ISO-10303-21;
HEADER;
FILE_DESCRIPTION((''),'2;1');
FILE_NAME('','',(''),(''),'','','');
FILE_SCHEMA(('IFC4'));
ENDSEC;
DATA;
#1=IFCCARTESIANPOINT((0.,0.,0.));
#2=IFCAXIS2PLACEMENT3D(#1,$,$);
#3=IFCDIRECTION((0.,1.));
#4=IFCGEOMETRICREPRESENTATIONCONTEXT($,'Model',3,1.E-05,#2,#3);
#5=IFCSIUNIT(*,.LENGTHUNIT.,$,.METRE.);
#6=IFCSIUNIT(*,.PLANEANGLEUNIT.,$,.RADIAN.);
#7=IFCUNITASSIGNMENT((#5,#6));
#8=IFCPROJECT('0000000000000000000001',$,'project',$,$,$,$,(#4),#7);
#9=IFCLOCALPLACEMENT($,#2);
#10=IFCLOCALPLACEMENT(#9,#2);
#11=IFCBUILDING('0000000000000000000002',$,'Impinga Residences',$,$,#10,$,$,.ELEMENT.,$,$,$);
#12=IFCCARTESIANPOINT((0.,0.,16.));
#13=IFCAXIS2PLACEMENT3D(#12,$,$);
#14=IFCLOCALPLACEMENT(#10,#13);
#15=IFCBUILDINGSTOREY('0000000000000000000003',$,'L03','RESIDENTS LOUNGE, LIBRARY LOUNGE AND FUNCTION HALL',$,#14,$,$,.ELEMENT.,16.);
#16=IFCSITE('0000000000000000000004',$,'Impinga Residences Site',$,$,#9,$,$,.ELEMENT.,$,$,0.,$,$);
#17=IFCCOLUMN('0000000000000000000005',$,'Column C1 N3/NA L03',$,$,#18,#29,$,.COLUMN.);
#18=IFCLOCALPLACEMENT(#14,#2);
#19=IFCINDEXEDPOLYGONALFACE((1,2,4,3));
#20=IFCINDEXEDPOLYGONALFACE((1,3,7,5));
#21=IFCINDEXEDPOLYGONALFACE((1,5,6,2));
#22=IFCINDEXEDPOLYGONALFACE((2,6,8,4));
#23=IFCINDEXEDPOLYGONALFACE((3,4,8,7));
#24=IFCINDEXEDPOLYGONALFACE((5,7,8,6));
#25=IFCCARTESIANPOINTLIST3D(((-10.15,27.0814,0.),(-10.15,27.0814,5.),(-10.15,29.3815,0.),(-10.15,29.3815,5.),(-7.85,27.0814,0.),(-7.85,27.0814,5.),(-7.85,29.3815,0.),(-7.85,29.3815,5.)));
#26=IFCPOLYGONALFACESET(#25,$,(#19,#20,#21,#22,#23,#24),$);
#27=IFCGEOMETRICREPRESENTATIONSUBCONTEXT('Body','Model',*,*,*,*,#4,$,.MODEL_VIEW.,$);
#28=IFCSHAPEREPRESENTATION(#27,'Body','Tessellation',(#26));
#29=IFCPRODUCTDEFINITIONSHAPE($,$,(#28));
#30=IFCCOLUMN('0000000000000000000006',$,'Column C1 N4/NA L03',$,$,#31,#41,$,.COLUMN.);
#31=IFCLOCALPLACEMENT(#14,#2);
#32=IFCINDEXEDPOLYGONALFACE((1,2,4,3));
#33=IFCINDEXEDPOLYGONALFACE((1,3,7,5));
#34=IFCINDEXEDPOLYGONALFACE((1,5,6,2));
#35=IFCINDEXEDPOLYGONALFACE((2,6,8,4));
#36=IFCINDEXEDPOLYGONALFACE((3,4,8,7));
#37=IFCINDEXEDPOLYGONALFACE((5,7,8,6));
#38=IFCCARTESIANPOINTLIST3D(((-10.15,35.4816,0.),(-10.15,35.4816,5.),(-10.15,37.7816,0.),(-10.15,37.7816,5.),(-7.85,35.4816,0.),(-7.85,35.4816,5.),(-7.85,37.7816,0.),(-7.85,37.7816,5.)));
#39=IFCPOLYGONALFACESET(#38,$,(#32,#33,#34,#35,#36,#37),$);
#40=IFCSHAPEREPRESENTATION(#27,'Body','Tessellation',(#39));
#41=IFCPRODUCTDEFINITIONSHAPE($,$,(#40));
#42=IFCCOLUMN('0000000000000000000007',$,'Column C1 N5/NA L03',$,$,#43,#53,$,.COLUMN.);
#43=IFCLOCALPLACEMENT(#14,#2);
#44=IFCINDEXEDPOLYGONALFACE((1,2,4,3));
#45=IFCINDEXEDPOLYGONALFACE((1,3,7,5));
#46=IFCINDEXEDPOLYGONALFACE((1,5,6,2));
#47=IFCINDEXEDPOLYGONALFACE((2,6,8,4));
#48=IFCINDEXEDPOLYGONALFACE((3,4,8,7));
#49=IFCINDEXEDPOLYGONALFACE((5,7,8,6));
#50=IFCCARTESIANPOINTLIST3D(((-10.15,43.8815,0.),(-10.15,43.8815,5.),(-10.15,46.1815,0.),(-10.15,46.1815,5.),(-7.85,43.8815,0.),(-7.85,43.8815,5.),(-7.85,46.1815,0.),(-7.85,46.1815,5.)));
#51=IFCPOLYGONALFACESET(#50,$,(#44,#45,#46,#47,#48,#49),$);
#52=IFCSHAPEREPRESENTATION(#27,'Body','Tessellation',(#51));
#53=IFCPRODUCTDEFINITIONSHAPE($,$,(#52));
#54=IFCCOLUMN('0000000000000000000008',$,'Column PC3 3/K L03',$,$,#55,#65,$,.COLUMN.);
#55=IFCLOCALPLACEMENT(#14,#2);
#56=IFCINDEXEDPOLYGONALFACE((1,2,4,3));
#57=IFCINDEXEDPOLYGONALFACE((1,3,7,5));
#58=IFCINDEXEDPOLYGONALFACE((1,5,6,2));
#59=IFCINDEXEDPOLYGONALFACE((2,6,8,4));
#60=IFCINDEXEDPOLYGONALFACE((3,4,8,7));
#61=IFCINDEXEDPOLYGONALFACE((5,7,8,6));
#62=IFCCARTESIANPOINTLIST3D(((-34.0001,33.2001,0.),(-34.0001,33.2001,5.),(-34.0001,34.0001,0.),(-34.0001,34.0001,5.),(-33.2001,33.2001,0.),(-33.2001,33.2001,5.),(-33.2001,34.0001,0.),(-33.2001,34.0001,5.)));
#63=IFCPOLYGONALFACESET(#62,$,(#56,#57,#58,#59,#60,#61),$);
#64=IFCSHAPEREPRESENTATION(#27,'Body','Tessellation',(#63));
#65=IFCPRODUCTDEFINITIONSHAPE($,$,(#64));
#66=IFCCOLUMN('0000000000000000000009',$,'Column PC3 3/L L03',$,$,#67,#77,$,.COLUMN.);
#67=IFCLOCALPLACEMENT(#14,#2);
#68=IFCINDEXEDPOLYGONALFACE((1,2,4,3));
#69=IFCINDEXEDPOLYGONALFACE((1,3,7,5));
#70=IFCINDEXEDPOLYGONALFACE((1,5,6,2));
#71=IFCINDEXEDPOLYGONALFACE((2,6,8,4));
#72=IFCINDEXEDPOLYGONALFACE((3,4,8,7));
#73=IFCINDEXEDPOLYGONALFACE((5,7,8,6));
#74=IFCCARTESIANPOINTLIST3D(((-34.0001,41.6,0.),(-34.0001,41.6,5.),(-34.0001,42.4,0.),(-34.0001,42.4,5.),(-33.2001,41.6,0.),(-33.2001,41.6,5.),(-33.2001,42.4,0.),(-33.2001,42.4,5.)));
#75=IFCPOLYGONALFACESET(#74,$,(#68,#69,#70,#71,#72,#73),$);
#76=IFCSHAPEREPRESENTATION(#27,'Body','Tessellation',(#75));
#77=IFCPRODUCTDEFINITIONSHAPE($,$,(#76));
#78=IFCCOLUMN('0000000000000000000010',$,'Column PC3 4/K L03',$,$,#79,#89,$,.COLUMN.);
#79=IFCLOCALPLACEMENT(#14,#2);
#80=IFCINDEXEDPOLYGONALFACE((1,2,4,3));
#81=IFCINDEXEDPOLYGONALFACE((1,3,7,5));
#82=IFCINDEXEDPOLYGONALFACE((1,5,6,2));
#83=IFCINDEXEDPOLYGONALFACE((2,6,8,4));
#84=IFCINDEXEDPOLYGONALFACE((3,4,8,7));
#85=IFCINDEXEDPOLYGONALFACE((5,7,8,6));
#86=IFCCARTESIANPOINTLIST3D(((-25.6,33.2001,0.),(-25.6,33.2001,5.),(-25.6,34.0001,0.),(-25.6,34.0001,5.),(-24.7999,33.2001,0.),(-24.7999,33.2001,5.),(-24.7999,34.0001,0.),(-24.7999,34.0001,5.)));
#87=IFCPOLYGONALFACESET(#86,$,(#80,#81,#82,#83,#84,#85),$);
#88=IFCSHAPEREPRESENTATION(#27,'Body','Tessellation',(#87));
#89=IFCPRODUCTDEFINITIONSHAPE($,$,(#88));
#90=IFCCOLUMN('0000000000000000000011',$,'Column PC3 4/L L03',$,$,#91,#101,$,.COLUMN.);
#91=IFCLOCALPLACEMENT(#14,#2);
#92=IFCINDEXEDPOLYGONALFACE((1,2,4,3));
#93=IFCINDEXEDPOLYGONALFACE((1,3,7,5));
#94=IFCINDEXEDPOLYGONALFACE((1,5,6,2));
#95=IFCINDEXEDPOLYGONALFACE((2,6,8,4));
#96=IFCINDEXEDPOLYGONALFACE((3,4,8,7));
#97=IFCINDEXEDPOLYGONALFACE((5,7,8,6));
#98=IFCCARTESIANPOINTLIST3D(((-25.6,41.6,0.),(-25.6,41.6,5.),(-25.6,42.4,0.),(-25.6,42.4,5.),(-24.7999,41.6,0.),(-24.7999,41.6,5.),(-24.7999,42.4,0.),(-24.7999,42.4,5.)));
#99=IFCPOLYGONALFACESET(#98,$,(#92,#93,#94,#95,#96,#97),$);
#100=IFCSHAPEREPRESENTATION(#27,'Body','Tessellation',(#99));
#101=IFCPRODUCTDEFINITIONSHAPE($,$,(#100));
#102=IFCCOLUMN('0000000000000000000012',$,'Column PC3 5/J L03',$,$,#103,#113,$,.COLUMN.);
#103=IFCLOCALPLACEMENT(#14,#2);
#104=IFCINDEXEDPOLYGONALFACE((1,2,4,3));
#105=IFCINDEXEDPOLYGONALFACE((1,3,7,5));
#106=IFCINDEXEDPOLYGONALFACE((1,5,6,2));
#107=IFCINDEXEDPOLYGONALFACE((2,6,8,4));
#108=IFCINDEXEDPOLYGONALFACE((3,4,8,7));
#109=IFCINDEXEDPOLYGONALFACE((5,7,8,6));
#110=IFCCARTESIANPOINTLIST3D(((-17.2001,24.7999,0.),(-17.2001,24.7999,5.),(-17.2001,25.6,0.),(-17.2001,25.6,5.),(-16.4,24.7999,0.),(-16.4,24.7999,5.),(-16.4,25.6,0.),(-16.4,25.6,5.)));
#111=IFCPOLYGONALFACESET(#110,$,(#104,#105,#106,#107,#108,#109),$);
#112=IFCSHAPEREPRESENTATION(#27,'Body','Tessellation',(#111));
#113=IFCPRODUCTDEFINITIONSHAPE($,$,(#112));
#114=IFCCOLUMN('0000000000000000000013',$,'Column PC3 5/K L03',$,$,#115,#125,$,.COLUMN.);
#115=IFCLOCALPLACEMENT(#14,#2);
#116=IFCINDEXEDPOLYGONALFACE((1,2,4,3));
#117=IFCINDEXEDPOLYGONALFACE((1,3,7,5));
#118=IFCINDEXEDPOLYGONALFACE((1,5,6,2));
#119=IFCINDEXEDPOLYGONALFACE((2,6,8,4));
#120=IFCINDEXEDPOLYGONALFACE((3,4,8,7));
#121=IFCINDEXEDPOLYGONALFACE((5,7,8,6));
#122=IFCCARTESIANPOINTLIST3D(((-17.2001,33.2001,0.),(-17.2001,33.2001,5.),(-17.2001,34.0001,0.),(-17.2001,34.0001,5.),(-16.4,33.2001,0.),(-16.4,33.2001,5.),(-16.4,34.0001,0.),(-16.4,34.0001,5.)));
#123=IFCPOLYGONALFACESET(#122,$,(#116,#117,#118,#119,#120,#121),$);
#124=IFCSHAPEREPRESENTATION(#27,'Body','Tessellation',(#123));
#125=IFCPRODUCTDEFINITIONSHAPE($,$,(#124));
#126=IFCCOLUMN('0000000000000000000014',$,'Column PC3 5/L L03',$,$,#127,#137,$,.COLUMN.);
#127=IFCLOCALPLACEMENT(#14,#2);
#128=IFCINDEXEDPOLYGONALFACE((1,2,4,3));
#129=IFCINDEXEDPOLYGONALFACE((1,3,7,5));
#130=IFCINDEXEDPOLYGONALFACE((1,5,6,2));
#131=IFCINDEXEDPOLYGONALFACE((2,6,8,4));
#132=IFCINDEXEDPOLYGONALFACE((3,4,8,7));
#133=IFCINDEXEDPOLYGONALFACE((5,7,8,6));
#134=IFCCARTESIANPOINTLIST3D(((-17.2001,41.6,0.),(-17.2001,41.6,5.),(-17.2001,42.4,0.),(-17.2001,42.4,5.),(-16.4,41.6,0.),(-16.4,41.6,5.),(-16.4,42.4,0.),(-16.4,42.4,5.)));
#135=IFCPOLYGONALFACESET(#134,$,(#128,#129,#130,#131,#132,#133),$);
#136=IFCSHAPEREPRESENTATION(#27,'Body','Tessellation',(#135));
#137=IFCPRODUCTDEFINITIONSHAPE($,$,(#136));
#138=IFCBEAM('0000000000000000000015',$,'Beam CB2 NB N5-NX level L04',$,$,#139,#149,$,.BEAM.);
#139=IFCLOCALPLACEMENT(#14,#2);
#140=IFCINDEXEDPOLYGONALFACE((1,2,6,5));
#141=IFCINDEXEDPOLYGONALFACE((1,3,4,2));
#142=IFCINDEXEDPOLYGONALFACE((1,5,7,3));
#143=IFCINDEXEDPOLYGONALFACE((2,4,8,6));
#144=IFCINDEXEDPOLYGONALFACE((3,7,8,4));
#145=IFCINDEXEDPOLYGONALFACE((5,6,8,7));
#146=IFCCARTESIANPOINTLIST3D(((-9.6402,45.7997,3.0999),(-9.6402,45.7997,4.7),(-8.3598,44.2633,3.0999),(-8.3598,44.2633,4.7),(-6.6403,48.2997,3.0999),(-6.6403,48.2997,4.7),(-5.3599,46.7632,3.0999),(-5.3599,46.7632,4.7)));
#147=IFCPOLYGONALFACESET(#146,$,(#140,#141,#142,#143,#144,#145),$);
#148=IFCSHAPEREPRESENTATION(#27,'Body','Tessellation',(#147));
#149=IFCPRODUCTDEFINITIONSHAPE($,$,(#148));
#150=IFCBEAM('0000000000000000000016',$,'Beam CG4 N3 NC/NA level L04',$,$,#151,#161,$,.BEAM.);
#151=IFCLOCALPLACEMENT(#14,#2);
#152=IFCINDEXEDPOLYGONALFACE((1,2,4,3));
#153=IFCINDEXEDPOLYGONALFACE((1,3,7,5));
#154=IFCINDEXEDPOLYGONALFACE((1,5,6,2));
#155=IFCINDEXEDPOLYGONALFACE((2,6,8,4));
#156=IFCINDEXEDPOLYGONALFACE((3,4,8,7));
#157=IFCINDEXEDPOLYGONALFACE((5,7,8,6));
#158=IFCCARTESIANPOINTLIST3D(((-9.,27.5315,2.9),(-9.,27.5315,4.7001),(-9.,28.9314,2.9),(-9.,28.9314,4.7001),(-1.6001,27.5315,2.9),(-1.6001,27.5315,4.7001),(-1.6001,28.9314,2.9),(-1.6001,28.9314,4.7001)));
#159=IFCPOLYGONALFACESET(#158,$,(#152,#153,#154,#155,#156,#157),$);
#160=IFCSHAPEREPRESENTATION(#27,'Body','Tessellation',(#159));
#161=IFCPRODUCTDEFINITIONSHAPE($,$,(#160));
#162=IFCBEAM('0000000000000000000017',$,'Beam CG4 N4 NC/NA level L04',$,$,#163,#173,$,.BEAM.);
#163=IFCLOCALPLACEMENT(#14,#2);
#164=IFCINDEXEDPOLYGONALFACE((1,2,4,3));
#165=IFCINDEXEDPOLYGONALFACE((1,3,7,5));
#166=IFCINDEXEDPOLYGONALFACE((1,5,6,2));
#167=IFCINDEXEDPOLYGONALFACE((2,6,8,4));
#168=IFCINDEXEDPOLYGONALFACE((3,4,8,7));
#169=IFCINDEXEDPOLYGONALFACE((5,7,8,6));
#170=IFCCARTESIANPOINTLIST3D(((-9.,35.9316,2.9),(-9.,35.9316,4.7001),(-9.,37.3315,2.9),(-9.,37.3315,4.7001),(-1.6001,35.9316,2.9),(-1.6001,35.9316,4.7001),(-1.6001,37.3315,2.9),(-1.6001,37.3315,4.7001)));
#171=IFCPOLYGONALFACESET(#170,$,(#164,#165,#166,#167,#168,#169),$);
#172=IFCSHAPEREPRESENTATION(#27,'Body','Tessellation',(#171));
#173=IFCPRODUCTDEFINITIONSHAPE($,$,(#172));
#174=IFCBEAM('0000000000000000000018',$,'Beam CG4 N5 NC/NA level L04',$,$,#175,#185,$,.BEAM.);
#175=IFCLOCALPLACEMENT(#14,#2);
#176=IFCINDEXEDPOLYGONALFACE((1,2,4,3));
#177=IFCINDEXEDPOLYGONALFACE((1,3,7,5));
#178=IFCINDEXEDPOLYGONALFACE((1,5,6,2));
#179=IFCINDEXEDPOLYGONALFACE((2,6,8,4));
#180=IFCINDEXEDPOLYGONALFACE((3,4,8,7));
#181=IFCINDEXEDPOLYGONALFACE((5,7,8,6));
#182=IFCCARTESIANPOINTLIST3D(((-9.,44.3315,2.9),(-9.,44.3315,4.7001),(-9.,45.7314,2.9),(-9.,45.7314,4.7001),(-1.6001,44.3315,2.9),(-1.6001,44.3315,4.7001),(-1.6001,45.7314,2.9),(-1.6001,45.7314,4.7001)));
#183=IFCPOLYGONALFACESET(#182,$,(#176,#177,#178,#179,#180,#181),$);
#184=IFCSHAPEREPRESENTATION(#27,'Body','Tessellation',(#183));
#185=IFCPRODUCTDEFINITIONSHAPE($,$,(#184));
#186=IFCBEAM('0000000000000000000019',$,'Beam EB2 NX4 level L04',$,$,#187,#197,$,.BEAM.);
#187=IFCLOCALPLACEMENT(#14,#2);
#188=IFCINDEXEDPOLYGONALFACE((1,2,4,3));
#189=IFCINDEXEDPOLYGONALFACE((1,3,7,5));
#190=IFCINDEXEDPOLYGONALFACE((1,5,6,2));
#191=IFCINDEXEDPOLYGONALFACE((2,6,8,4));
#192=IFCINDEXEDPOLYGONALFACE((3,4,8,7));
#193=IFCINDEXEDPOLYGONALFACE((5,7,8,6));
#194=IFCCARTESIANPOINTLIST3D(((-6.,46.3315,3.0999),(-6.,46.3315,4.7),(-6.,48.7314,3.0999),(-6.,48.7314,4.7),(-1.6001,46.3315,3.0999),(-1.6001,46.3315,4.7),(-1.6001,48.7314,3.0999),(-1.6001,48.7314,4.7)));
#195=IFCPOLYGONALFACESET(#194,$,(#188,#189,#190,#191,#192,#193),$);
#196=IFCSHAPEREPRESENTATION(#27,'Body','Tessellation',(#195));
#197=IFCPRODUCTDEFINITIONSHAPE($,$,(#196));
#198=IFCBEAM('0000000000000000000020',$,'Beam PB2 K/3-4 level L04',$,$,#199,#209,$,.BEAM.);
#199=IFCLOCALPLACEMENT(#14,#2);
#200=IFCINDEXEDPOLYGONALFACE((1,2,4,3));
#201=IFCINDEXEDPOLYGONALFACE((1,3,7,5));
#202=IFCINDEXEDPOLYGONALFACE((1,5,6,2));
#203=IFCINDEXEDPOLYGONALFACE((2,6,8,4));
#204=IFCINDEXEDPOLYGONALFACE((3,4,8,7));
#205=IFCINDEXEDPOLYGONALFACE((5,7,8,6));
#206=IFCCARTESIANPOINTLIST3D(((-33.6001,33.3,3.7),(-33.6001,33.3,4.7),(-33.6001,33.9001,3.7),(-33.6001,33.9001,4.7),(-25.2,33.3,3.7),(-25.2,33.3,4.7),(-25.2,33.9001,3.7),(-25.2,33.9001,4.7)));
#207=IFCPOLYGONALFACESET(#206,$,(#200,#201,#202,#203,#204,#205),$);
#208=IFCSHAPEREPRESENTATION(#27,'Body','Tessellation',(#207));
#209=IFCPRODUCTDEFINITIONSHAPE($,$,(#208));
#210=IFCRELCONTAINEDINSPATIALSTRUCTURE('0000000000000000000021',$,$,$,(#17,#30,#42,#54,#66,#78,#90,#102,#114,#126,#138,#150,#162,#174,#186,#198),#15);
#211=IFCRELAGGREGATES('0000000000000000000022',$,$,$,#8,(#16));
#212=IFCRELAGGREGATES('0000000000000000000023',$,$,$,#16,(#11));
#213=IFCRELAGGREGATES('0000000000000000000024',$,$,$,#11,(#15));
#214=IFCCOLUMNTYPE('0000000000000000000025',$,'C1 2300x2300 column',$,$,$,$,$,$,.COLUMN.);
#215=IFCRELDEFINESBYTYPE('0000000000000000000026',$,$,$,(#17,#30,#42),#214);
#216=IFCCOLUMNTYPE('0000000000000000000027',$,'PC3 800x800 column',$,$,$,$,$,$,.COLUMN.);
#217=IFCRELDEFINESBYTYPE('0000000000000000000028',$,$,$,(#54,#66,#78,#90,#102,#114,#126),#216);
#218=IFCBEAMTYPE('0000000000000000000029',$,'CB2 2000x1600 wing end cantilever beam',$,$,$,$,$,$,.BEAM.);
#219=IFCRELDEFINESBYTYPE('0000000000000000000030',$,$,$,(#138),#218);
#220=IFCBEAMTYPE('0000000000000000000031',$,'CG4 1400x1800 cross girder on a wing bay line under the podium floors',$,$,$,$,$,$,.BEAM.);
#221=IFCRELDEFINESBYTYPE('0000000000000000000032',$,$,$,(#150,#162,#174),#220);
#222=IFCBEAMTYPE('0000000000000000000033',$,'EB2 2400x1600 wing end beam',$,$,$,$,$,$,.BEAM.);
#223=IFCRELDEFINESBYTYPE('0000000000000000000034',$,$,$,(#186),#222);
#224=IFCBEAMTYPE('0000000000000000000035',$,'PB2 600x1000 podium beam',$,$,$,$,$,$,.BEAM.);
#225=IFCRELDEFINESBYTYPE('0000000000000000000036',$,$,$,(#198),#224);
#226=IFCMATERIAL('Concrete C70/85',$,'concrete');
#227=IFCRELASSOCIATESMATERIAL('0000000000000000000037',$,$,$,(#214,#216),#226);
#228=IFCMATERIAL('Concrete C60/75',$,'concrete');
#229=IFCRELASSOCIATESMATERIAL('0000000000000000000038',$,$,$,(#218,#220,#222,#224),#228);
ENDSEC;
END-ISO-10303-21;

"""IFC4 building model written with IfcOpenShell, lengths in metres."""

from ifc_helpers import new_model, si_unit, direction, frame, origin, origin_2d, place, context, subcontext, project, spatial, rectangle, extrude, material, material_profile, profile_set, type_object, element, save


model = new_model("IFC4")

# Units and contexts
model_context = context("Model", 3, precision=1e-05, world=origin(), true_north=direction((0.0, 1.0)))
body_context = subcontext(model_context, "Body", "Model", "MODEL_VIEW")
ifc_project = project(units=[si_unit("LENGTHUNIT", "METRE"), si_unit("PLANEANGLEUNIT", "RADIAN")], contexts=[model_context])

# Site, building, storey
site_placement = place(None, origin())
site = spatial("IfcSite", under=ifc_project, at=site_placement, Name="Impinga Residences Site", CompositionType="ELEMENT", RefElevation=0.0)
building_placement = place(site_placement, origin())
building = spatial("IfcBuilding", under=site, at=building_placement, Name="Impinga Residences", CompositionType="ELEMENT")
storey_placement = place(building_placement, frame((0.0, 0.0, 16.0)))
storey = spatial("IfcBuildingStorey", under=building, at=storey_placement, Name="L03", Description="RESIDENTS LOUNGE, LIBRARY LOUNGE AND FUNCTION HALL", CompositionType="ELEMENT", Elevation=16.0)

# Columns
ifc_material_1 = material(Name="Concrete C70/85", Category="concrete")
ifc_material_profile_1 = material_profile(ifc_material_1, rectangle(XDim=2.3, YDim=2.3, at=origin_2d()), Name="RC 2300x2300")
ifc_profile_set_1 = profile_set([ifc_material_profile_1], Name="Concrete C70/85")
column_type_1 = type_object("IfcColumnType", Name="C1 2300x2300 column", PredefinedType="COLUMN", material=ifc_profile_set_1)
for number, where, z_axis, x_axis, name in (
    (1, (-9.0, 28.2314, 0.0), (0.0, 0.0, 1.0), (1.0, 0.0, 0.0), "Column C1 N3/NA L03"),
    (2, (-9.0, 36.6316, 0.0), (0.0, 0.0, 1.0), (1.0, 0.0, 0.0), "Column C1 N4/NA L03"),
    (3, (-9.0, 45.0315, 0.0), (0.0, 0.0, 1.0), (1.0, 0.0, 0.0), "Column C1 N5/NA L03"),
):
    element("IfcColumn", number, at=place(storey_placement, frame(where, z_axis=z_axis, x_axis=x_axis)), inside=storey, type_object=column_type_1, Name=name, PredefinedType="COLUMN", context=body_context, shape_type="SweptSolid", body=[
        extrude(rectangle(XDim=2.3, YDim=2.3, at=origin_2d()), origin(), (0.0, 0.0, 1.0), 5.0),
    ])
ifc_material_profile_2 = material_profile(ifc_material_1, rectangle(XDim=0.8, YDim=0.8, at=origin_2d()), Name="RC 800x800")
ifc_profile_set_2 = profile_set([ifc_material_profile_2], Name="Concrete C70/85")
column_type_2 = type_object("IfcColumnType", Name="PC3 800x800 column", PredefinedType="COLUMN", material=ifc_profile_set_2)
for number, where, z_axis, x_axis, name in (
    (4, (-33.6001, 33.6001, 0.0), (0.0, 0.0, 1.0), (1.0, 0.0, 0.0), "Column PC3 3/K L03"),
    (5, (-33.6001, 42.0, 0.0), (0.0, 0.0, 1.0), (1.0, 0.0, 0.0), "Column PC3 3/L L03"),
    (6, (-25.2, 33.6001, 0.0), (0.0, 0.0, 1.0), (1.0, 0.0, 0.0), "Column PC3 4/K L03"),
    (7, (-25.2, 42.0, 0.0), (0.0, 0.0, 1.0), (1.0, 0.0, 0.0), "Column PC3 4/L L03"),
    (8, (-16.8, 25.2, 0.0), (0.0, 0.0, 1.0), (1.0, 0.0, 0.0), "Column PC3 5/J L03"),
    (9, (-16.8, 33.6001, 0.0), (0.0, 0.0, 1.0), (1.0, 0.0, 0.0), "Column PC3 5/K L03"),
    (10, (-16.8, 42.0, 0.0), (0.0, 0.0, 1.0), (1.0, 0.0, 0.0), "Column PC3 5/L L03"),
):
    element("IfcColumn", number, at=place(storey_placement, frame(where, z_axis=z_axis, x_axis=x_axis)), inside=storey, type_object=column_type_2, Name=name, PredefinedType="COLUMN", context=body_context, shape_type="SweptSolid", body=[
        extrude(rectangle(XDim=0.8, YDim=0.8, at=origin_2d()), origin(), (0.0, 0.0, 1.0), 5.0),
    ])

# Beams
ifc_material_2 = material(Name="Concrete C60/75", Category="concrete")
ifc_material_profile_3 = material_profile(ifc_material_2, rectangle(XDim=2.0, YDim=1.6001, at=origin_2d()), Name="RC 2000x1600")
ifc_profile_set_3 = profile_set([ifc_material_profile_3], Name="Concrete C60/75")
beam_type_1 = type_object("IfcBeamType", Name="CB2 2000x1600 wing end cantilever beam", PredefinedType="BEAM", material=ifc_profile_set_3)
beam_1_placement = place(storey_placement, frame((-9.0, 45.0315, 3.8999), z_axis=(0.768221, 0.640184, 0.0), x_axis=(-0.640184, 0.768221, 0.0)))
element("IfcBeam", 11, at=beam_1_placement, inside=storey, type_object=beam_type_1, Name="Beam CB2 NB N5-NX level L04", PredefinedType="BEAM", context=body_context, shape_type="SweptSolid", body=[
    extrude(rectangle(XDim=2.0, YDim=1.6001, at=origin_2d()), origin(), (0.0, 0.0, 1.0), 3.905),
])
ifc_material_profile_4 = material_profile(ifc_material_2, rectangle(XDim=1.3999, YDim=1.8, at=origin_2d()), Name="RC 1400x1800")
ifc_profile_set_4 = profile_set([ifc_material_profile_4], Name="Concrete C60/75")
beam_type_2 = type_object("IfcBeamType", Name="CG4 1400x1800 cross girder on a wing bay line under the podium floors", PredefinedType="BEAM", material=ifc_profile_set_4)
for number, where, z_axis, x_axis, name in (
    (12, (-1.6001, 28.2314, 3.8), (-1.0, 0.0, 0.0), (0.0, -1.0, 0.0), "Beam CG4 N3 NC/NA level L04"),
    (13, (-1.6001, 36.6316, 3.8), (-1.0, 0.0, 0.0), (0.0, -1.0, 0.0), "Beam CG4 N4 NC/NA level L04"),
    (14, (-1.6001, 45.0315, 3.8), (-1.0, 0.0, 0.0), (0.0, -1.0, 0.0), "Beam CG4 N5 NC/NA level L04"),
):
    element("IfcBeam", number, at=place(storey_placement, frame(where, z_axis=z_axis, x_axis=x_axis)), inside=storey, type_object=beam_type_2, Name=name, PredefinedType="BEAM", context=body_context, shape_type="SweptSolid", body=[
        extrude(rectangle(XDim=1.3999, YDim=1.8, at=origin_2d()), origin(), (0.0, 0.0, 1.0), 7.3999),
    ])
ifc_material_profile_5 = material_profile(ifc_material_2, rectangle(XDim=2.3999, YDim=1.6001, at=origin_2d()), Name="RC 2400x1600")
ifc_profile_set_5 = profile_set([ifc_material_profile_5], Name="Concrete C60/75")
beam_type_3 = type_object("IfcBeamType", Name="EB2 2400x1600 wing end beam", PredefinedType="BEAM", material=ifc_profile_set_5)
beam_2_placement = place(storey_placement, frame((-6.0, 47.5315, 3.8999), z_axis=(1.0, 0.0, 0.0), x_axis=(0.0, 1.0, 0.0)))
element("IfcBeam", 15, at=beam_2_placement, inside=storey, type_object=beam_type_3, Name="Beam EB2 NX4 level L04", PredefinedType="BEAM", context=body_context, shape_type="SweptSolid", body=[
    extrude(rectangle(XDim=2.3999, YDim=1.6001, at=origin_2d()), origin(), (0.0, 0.0, 1.0), 4.3999),
])
ifc_material_profile_6 = material_profile(ifc_material_2, rectangle(XDim=0.6001, YDim=1.0, at=origin_2d()), Name="RC 600x1000")
ifc_profile_set_6 = profile_set([ifc_material_profile_6], Name="Concrete C60/75")
beam_type_4 = type_object("IfcBeamType", Name="PB2 600x1000 podium beam", PredefinedType="BEAM", material=ifc_profile_set_6)
beam_3_placement = place(storey_placement, frame((-33.6001, 33.6001, 4.2), z_axis=(1.0, 0.0, 0.0), x_axis=(0.0, 1.0, 0.0)))
element("IfcBeam", 16, at=beam_3_placement, inside=storey, type_object=beam_type_4, Name="Beam PB2 K/3-4 level L04", PredefinedType="BEAM", context=body_context, shape_type="SweptSolid", body=[
    extrude(rectangle(XDim=0.6001, YDim=1.0, at=origin_2d()), origin(), (0.0, 0.0, 1.0), 8.4001),
])

save(model, "model.ifc")
